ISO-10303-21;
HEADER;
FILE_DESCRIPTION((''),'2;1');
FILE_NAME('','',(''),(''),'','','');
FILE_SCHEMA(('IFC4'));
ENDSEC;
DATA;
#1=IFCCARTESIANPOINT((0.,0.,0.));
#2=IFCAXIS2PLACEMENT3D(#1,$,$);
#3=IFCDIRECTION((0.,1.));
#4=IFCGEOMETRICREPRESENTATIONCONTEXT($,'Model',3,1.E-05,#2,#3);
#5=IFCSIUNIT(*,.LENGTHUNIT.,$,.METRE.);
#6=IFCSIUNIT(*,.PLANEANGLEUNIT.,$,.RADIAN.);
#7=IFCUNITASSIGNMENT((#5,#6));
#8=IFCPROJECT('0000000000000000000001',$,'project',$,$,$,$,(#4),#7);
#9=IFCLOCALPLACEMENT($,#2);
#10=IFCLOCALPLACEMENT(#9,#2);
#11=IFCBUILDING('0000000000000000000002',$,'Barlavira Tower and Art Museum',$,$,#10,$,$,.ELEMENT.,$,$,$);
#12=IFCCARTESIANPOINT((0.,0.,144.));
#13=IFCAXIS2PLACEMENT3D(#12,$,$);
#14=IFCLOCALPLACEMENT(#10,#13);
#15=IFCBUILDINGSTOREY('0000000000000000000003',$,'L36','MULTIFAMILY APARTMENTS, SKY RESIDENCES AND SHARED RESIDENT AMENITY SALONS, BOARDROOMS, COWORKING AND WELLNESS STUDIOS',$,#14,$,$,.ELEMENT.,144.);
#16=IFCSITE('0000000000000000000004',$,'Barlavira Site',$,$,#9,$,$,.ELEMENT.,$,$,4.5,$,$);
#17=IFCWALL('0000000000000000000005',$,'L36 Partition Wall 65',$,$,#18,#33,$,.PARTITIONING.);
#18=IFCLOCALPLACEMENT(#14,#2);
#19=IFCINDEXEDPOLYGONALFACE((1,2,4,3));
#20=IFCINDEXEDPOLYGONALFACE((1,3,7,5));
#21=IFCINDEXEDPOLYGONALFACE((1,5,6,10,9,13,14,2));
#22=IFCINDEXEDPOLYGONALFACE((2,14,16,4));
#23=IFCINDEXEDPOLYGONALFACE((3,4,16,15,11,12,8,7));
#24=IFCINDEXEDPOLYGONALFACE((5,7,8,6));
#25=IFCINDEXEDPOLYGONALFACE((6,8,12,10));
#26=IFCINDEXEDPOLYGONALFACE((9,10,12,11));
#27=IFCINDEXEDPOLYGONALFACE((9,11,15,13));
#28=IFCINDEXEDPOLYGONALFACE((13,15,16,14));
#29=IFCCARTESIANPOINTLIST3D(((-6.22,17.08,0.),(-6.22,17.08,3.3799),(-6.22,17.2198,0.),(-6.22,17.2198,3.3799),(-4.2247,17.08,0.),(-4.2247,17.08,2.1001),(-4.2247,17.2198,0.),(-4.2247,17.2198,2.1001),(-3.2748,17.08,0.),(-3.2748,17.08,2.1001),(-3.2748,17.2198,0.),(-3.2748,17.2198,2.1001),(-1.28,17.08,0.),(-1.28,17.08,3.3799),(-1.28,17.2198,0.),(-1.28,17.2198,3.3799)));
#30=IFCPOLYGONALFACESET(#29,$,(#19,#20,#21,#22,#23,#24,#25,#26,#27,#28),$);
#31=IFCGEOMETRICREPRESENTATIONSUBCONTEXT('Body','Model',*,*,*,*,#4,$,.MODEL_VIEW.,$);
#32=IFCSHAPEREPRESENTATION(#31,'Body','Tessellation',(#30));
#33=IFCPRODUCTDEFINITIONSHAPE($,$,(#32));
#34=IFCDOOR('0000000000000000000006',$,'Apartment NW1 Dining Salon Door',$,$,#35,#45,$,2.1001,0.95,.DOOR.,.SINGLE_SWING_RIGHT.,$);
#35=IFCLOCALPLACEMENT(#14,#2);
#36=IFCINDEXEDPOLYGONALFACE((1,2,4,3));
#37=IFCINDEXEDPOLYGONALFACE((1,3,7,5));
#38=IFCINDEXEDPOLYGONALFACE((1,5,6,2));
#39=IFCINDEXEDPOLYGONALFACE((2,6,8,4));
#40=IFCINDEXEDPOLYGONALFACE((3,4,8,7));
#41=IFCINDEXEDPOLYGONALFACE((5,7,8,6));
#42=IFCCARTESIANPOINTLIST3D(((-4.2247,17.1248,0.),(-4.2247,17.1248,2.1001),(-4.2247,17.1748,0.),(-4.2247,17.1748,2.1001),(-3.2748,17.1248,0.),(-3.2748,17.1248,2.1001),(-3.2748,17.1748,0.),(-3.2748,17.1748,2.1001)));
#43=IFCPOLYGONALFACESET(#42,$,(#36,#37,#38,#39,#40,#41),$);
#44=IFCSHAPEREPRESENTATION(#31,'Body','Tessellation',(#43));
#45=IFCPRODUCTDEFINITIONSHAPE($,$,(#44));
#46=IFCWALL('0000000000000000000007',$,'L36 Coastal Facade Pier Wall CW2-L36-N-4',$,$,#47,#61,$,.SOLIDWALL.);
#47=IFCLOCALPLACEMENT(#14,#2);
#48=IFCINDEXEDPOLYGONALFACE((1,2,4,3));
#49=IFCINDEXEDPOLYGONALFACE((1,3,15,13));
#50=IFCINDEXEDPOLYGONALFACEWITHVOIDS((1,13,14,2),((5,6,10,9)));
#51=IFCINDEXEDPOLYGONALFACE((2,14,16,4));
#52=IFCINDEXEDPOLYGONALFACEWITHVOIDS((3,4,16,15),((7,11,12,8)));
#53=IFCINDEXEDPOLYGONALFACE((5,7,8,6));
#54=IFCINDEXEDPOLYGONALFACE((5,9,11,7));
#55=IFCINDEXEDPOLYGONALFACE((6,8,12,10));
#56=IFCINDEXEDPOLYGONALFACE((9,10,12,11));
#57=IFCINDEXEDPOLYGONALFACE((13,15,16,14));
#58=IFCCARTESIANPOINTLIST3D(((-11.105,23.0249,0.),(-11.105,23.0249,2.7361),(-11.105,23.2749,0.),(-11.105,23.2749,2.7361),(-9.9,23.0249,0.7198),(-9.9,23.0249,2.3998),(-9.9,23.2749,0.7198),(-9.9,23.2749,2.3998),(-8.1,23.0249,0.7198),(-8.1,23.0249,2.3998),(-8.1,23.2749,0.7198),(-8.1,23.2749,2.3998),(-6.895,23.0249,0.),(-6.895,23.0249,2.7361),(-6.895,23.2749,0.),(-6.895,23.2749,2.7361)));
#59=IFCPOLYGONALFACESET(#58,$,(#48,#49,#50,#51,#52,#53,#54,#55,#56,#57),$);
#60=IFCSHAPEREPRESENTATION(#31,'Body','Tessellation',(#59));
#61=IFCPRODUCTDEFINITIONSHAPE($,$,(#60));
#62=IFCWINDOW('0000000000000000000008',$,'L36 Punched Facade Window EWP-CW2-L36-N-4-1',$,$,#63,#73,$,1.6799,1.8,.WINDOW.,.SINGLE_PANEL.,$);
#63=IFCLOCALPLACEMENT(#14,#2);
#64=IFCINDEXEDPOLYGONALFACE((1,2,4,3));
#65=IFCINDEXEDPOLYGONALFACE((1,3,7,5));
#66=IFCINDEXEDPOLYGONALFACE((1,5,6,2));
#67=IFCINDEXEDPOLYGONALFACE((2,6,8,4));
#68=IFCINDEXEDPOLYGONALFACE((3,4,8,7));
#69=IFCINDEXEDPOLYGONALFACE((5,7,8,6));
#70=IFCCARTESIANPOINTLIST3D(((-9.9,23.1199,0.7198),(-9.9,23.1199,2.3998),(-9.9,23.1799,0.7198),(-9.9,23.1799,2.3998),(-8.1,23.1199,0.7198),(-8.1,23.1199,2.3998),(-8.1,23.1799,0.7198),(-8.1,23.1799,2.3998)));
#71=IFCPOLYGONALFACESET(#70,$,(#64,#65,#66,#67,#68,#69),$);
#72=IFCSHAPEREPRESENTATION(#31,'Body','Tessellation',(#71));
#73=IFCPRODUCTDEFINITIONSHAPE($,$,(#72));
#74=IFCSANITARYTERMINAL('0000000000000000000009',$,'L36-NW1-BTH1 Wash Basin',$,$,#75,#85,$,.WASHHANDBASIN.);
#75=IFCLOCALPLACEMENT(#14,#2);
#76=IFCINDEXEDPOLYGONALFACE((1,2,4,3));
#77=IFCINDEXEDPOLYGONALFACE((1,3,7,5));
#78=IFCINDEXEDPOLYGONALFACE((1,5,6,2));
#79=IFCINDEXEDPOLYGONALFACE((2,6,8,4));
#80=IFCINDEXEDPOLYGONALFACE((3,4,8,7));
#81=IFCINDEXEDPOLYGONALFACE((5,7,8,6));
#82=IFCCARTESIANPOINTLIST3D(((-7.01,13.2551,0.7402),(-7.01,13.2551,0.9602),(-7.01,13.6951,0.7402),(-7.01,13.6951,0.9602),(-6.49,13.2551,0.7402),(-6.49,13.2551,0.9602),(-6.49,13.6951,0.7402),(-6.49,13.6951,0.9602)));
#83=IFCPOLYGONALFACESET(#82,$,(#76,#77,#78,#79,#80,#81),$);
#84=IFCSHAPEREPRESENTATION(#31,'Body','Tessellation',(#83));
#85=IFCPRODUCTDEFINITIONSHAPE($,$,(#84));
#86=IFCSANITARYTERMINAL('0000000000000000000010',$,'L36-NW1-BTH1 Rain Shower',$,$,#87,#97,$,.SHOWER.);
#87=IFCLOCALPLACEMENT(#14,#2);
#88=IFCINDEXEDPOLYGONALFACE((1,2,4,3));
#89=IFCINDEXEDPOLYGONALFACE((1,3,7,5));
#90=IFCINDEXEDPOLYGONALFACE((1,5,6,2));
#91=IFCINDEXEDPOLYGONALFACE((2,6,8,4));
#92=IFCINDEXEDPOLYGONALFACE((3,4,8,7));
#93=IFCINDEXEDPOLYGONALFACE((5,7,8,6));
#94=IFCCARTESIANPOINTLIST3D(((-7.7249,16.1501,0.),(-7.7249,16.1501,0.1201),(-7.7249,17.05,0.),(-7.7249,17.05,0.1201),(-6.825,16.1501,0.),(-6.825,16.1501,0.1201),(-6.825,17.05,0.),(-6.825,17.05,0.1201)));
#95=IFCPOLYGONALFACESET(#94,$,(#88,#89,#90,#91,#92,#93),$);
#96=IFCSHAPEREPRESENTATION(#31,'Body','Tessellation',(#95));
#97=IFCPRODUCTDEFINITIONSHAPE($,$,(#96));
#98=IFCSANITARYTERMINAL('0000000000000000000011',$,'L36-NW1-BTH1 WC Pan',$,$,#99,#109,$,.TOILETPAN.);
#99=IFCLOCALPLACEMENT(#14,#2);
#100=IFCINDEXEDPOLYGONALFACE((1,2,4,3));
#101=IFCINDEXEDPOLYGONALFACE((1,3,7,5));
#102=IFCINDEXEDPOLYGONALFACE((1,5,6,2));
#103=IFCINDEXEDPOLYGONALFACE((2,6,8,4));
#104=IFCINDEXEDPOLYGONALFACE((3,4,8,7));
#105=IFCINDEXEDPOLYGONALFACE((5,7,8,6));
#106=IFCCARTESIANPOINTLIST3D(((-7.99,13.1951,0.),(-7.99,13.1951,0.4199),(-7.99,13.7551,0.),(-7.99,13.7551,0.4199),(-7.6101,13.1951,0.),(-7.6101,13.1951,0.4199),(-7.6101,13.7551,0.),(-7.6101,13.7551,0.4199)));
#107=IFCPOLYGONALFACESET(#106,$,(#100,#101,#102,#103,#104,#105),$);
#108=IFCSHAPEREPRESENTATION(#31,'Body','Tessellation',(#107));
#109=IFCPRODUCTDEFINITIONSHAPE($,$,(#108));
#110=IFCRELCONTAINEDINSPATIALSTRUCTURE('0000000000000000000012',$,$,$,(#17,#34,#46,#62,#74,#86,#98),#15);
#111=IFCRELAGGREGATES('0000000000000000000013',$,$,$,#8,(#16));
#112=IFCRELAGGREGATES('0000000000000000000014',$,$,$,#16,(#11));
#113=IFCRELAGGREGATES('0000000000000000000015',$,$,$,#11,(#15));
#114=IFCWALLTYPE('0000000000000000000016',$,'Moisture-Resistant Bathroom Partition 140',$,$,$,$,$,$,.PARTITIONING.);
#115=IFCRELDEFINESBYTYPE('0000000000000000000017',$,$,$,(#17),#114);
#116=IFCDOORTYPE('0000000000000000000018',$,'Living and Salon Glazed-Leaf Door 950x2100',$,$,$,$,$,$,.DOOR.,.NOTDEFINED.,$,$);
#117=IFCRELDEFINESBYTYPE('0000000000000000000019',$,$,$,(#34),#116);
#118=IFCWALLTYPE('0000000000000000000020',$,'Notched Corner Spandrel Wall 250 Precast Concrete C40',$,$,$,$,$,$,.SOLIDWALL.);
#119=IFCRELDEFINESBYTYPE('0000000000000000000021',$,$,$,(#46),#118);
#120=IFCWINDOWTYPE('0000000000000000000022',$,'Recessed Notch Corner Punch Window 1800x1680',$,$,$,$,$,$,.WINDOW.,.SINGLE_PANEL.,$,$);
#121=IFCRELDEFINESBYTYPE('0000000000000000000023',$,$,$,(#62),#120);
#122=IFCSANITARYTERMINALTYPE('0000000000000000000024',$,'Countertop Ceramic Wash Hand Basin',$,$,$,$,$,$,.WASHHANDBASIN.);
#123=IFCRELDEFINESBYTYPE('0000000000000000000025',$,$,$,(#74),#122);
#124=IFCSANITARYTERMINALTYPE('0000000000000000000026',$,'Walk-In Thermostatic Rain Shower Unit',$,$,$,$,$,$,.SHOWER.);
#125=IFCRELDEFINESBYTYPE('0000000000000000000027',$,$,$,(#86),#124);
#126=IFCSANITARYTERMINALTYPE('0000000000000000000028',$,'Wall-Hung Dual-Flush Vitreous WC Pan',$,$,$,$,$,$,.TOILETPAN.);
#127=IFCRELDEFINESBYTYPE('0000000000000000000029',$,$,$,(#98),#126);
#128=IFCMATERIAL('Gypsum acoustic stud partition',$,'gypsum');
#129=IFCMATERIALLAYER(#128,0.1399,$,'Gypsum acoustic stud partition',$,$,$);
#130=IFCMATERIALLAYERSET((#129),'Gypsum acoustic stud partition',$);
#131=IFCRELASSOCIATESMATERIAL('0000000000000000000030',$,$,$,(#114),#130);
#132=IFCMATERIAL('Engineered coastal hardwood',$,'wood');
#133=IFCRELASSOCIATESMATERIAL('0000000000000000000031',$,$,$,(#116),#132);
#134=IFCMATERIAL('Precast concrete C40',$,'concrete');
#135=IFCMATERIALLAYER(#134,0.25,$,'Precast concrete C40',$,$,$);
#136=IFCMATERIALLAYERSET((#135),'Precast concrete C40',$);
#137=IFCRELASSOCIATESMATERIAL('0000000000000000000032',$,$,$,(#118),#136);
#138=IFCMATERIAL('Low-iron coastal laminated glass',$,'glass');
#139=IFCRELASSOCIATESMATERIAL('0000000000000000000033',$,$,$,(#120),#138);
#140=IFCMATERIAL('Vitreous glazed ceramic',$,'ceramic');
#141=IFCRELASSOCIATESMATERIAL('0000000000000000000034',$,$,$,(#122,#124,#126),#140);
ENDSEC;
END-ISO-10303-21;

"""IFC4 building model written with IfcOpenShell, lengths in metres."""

from ifc_helpers import new_model, si_unit, direction, frame, frame_2d, origin, origin_2d, place, context, subcontext, project, spatial, rectangle, extrude, material, layer, layer_set, type_object, element, fill, save


model = new_model("IFC4")

# Units and contexts
model_context = context("Model", 3, precision=1e-05, world=origin(), true_north=direction((0.0, 1.0)))
body_context = subcontext(model_context, "Body", "Model", "MODEL_VIEW")
ifc_project = project(units=[si_unit("LENGTHUNIT", "METRE"), si_unit("PLANEANGLEUNIT", "RADIAN")], contexts=[model_context])

# Site, building, storey
site_placement = place(None, origin())
site = spatial("IfcSite", under=ifc_project, at=site_placement, Name="Barlavira Site", CompositionType="ELEMENT", RefElevation=4.5)
building_placement = place(site_placement, origin())
building = spatial("IfcBuilding", under=site, at=building_placement, Name="Barlavira Tower and Art Museum", CompositionType="ELEMENT")
storey_placement = place(building_placement, frame((0.0, 0.0, 144.0)))
storey = spatial("IfcBuildingStorey", under=building, at=storey_placement, Name="L36", Description="MULTIFAMILY APARTMENTS, SKY RESIDENCES AND SHARED RESIDENT AMENITY SALONS, BOARDROOMS, COWORKING AND WELLNESS STUDIOS", CompositionType="ELEMENT", Elevation=144.0)

# Shared definitions
ifc_material_1 = material(Name="Low-iron coastal laminated glass", Category="glass")

# Shared definitions
ifc_material_2 = material(Name="Gypsum acoustic stud partition", Category="gypsum")

# Shared definitions
ifc_layer_1 = layer(ifc_material_2, 0.1399, Name="Gypsum acoustic stud partition")
ifc_layer_set_1 = layer_set([ifc_layer_1], Name="Gypsum acoustic stud partition")
wall_type_1 = type_object("IfcWallType", Name="Moisture-Resistant Bathroom Partition 140", PredefinedType="PARTITIONING", material=ifc_layer_set_1)
ifc_material_3 = material(Name="Engineered coastal hardwood", Category="wood")

# Wall, opening, door
wall_1_placement = place(storey_placement, frame((-6.22, 17.1499, 0.0), z_axis=(0.0, 0.0, 1.0), x_axis=(1.0, 0.0, 0.0)))
wall_1 = element("IfcWall", 1, at=wall_1_placement, inside=storey, type_object=wall_type_1, Name="L36 Partition Wall 65", PredefinedType="PARTITIONING", context=body_context, shape_type="SweptSolid", body=[
    extrude(rectangle(XDim=4.9399, YDim=0.1399, at=frame_2d((2.47, 0.0))), origin(), (0.0, 0.0, 1.0), 3.3799),
])
opening_1_placement = place(wall_1_placement, frame((1.9951, 0.0, 0.0)))
opening_1 = element("IfcOpeningElement", 2, at=opening_1_placement, cuts=wall_1, PredefinedType="OPENING", context=body_context, shape_type="SweptSolid", body=[
    extrude(rectangle(XDim=0.95, YDim=2.1001, at=frame_2d((0.4751, 1.05))), frame((0.0, 0.0801, 0.0), z_axis=(0.0, -1.0, 0.0), x_axis=(1.0, 0.0, 0.0)), (0.0, 0.0, 1.0), 0.1599),
])
door_type_1 = type_object("IfcDoorType", Name="Living and Salon Glazed-Leaf Door 950x2100", OperationType="NOTDEFINED", PredefinedType="DOOR", material=ifc_material_3)
door_1_placement = place(opening_1_placement, origin())
door_1 = element("IfcDoor", 3, at=door_1_placement, inside=storey, type_object=door_type_1, Name="Apartment NW1 Dining Salon Door", OperationType="SINGLE_SWING_RIGHT", OverallHeight=2.1001, OverallWidth=0.95, PredefinedType="DOOR", context=body_context, shape_type="SweptSolid", body=[
    extrude(rectangle(XDim=0.95, YDim=2.1001, at=frame_2d((0.4751, 1.05))), frame((0.0, 0.0249, 0.0), z_axis=(0.0, -1.0, 0.0), x_axis=(1.0, 0.0, 0.0)), (0.0, 0.0, 1.0), 0.05),
])
fill(opening_1, door_1)

# Wall, opening, window
ifc_material_4 = material(Name="Precast concrete C40", Category="concrete")
ifc_layer_2 = layer(ifc_material_4, 0.25, Name="Precast concrete C40")
ifc_layer_set_2 = layer_set([ifc_layer_2], Name="Precast concrete C40")
wall_type_2 = type_object("IfcWallType", Name="Notched Corner Spandrel Wall 250 Precast Concrete C40", PredefinedType="SOLIDWALL", material=ifc_layer_set_2)
wall_2_placement = place(storey_placement, frame((-6.895, 23.1499, 0.0), z_axis=(0.0, 0.0, 1.0), x_axis=(-1.0, 0.0, 0.0)))
wall_2 = element("IfcWall", 4, at=wall_2_placement, inside=storey, type_object=wall_type_2, Name="L36 Coastal Facade Pier Wall CW2-L36-N-4", PredefinedType="SOLIDWALL", context=body_context, shape_type="SweptSolid", body=[
    extrude(rectangle(XDim=4.21, YDim=0.25, at=frame_2d((2.105, 0.0))), origin(), (0.0, 0.0, 1.0), 2.7361),
])
opening_2_placement = place(wall_2_placement, frame((1.2051, 0.0, 0.72)))
opening_2 = element("IfcOpeningElement", 5, at=opening_2_placement, cuts=wall_2, PredefinedType="OPENING", context=body_context, shape_type="SweptSolid", body=[
    extrude(rectangle(XDim=1.8, YDim=1.6799, at=frame_2d((0.8999, 0.8398))), frame((0.0, 0.135, 0.0), z_axis=(0.0, -1.0, 0.0), x_axis=(1.0, 0.0, 0.0)), (0.0, 0.0, 1.0), 0.27),
])
window_type = type_object("IfcWindowType", Name="Recessed Notch Corner Punch Window 1800x1680", PartitioningType="SINGLE_PANEL", PredefinedType="WINDOW", material=ifc_material_1)
window_placement = place(opening_2_placement, origin())
window = element("IfcWindow", 6, at=window_placement, inside=storey, type_object=window_type, Name="L36 Punched Facade Window EWP-CW2-L36-N-4-1", OverallHeight=1.6799, OverallWidth=1.8, PartitioningType="SINGLE_PANEL", PredefinedType="WINDOW", context=body_context, shape_type="SweptSolid", body=[
    extrude(rectangle(XDim=1.8, YDim=1.6799, at=frame_2d((0.8999, 0.8398))), frame((0.0, 0.03, 0.0), z_axis=(0.0, -1.0, 0.0), x_axis=(1.0, 0.0, 0.0)), (0.0, 0.0, 1.0), 0.0601),
])
fill(opening_2, window)

# Sanitary terminals
ifc_material_5 = material(Name="Vitreous glazed ceramic", Category="ceramic")
sanitary_terminal_type_1 = type_object("IfcSanitaryTerminalType", Name="Countertop Ceramic Wash Hand Basin", PredefinedType="WASHHANDBASIN", material=ifc_material_5)
sanitary_terminal_1_placement = place(storey_placement, frame((-6.75, 13.4751, 0.7402), z_axis=(0.0, 0.0, 1.0), x_axis=(1.0, 0.0, 0.0)))
element("IfcSanitaryTerminal", 7, at=sanitary_terminal_1_placement, inside=storey, type_object=sanitary_terminal_type_1, Name="L36-NW1-BTH1 Wash Basin", PredefinedType="WASHHANDBASIN", context=body_context, shape_type="SweptSolid", body=[
    extrude(rectangle(XDim=0.52, YDim=0.4399, at=origin_2d()), origin(), (0.0, 0.0, 1.0), 0.22),
])
sanitary_terminal_type_2 = type_object("IfcSanitaryTerminalType", Name="Walk-In Thermostatic Rain Shower Unit", PredefinedType="SHOWER", material=ifc_material_5)
sanitary_terminal_2_placement = place(storey_placement, frame((-7.2749, 16.6001, 0.0), z_axis=(0.0, 0.0, 1.0), x_axis=(1.0, 0.0, 0.0)))
element("IfcSanitaryTerminal", 8, at=sanitary_terminal_2_placement, inside=storey, type_object=sanitary_terminal_type_2, Name="L36-NW1-BTH1 Rain Shower", PredefinedType="SHOWER", context=body_context, shape_type="SweptSolid", body=[
    extrude(rectangle(XDim=0.8999, YDim=0.8999, at=origin_2d()), origin(), (0.0, 0.0, 1.0), 0.1201),
])
sanitary_terminal_type_3 = type_object("IfcSanitaryTerminalType", Name="Wall-Hung Dual-Flush Vitreous WC Pan", PredefinedType="TOILETPAN", material=ifc_material_5)
sanitary_terminal_3_placement = place(storey_placement, frame((-7.8, 13.4751, 0.0), z_axis=(0.0, 0.0, 1.0), x_axis=(1.0, 0.0, 0.0)))
element("IfcSanitaryTerminal", 9, at=sanitary_terminal_3_placement, inside=storey, type_object=sanitary_terminal_type_3, Name="L36-NW1-BTH1 WC Pan", PredefinedType="TOILETPAN", context=body_context, shape_type="SweptSolid", body=[
    extrude(rectangle(XDim=0.3799, YDim=0.5601, at=origin_2d()), origin(), (0.0, 0.0, 1.0), 0.4199),
])

save(model, "model.ifc")
